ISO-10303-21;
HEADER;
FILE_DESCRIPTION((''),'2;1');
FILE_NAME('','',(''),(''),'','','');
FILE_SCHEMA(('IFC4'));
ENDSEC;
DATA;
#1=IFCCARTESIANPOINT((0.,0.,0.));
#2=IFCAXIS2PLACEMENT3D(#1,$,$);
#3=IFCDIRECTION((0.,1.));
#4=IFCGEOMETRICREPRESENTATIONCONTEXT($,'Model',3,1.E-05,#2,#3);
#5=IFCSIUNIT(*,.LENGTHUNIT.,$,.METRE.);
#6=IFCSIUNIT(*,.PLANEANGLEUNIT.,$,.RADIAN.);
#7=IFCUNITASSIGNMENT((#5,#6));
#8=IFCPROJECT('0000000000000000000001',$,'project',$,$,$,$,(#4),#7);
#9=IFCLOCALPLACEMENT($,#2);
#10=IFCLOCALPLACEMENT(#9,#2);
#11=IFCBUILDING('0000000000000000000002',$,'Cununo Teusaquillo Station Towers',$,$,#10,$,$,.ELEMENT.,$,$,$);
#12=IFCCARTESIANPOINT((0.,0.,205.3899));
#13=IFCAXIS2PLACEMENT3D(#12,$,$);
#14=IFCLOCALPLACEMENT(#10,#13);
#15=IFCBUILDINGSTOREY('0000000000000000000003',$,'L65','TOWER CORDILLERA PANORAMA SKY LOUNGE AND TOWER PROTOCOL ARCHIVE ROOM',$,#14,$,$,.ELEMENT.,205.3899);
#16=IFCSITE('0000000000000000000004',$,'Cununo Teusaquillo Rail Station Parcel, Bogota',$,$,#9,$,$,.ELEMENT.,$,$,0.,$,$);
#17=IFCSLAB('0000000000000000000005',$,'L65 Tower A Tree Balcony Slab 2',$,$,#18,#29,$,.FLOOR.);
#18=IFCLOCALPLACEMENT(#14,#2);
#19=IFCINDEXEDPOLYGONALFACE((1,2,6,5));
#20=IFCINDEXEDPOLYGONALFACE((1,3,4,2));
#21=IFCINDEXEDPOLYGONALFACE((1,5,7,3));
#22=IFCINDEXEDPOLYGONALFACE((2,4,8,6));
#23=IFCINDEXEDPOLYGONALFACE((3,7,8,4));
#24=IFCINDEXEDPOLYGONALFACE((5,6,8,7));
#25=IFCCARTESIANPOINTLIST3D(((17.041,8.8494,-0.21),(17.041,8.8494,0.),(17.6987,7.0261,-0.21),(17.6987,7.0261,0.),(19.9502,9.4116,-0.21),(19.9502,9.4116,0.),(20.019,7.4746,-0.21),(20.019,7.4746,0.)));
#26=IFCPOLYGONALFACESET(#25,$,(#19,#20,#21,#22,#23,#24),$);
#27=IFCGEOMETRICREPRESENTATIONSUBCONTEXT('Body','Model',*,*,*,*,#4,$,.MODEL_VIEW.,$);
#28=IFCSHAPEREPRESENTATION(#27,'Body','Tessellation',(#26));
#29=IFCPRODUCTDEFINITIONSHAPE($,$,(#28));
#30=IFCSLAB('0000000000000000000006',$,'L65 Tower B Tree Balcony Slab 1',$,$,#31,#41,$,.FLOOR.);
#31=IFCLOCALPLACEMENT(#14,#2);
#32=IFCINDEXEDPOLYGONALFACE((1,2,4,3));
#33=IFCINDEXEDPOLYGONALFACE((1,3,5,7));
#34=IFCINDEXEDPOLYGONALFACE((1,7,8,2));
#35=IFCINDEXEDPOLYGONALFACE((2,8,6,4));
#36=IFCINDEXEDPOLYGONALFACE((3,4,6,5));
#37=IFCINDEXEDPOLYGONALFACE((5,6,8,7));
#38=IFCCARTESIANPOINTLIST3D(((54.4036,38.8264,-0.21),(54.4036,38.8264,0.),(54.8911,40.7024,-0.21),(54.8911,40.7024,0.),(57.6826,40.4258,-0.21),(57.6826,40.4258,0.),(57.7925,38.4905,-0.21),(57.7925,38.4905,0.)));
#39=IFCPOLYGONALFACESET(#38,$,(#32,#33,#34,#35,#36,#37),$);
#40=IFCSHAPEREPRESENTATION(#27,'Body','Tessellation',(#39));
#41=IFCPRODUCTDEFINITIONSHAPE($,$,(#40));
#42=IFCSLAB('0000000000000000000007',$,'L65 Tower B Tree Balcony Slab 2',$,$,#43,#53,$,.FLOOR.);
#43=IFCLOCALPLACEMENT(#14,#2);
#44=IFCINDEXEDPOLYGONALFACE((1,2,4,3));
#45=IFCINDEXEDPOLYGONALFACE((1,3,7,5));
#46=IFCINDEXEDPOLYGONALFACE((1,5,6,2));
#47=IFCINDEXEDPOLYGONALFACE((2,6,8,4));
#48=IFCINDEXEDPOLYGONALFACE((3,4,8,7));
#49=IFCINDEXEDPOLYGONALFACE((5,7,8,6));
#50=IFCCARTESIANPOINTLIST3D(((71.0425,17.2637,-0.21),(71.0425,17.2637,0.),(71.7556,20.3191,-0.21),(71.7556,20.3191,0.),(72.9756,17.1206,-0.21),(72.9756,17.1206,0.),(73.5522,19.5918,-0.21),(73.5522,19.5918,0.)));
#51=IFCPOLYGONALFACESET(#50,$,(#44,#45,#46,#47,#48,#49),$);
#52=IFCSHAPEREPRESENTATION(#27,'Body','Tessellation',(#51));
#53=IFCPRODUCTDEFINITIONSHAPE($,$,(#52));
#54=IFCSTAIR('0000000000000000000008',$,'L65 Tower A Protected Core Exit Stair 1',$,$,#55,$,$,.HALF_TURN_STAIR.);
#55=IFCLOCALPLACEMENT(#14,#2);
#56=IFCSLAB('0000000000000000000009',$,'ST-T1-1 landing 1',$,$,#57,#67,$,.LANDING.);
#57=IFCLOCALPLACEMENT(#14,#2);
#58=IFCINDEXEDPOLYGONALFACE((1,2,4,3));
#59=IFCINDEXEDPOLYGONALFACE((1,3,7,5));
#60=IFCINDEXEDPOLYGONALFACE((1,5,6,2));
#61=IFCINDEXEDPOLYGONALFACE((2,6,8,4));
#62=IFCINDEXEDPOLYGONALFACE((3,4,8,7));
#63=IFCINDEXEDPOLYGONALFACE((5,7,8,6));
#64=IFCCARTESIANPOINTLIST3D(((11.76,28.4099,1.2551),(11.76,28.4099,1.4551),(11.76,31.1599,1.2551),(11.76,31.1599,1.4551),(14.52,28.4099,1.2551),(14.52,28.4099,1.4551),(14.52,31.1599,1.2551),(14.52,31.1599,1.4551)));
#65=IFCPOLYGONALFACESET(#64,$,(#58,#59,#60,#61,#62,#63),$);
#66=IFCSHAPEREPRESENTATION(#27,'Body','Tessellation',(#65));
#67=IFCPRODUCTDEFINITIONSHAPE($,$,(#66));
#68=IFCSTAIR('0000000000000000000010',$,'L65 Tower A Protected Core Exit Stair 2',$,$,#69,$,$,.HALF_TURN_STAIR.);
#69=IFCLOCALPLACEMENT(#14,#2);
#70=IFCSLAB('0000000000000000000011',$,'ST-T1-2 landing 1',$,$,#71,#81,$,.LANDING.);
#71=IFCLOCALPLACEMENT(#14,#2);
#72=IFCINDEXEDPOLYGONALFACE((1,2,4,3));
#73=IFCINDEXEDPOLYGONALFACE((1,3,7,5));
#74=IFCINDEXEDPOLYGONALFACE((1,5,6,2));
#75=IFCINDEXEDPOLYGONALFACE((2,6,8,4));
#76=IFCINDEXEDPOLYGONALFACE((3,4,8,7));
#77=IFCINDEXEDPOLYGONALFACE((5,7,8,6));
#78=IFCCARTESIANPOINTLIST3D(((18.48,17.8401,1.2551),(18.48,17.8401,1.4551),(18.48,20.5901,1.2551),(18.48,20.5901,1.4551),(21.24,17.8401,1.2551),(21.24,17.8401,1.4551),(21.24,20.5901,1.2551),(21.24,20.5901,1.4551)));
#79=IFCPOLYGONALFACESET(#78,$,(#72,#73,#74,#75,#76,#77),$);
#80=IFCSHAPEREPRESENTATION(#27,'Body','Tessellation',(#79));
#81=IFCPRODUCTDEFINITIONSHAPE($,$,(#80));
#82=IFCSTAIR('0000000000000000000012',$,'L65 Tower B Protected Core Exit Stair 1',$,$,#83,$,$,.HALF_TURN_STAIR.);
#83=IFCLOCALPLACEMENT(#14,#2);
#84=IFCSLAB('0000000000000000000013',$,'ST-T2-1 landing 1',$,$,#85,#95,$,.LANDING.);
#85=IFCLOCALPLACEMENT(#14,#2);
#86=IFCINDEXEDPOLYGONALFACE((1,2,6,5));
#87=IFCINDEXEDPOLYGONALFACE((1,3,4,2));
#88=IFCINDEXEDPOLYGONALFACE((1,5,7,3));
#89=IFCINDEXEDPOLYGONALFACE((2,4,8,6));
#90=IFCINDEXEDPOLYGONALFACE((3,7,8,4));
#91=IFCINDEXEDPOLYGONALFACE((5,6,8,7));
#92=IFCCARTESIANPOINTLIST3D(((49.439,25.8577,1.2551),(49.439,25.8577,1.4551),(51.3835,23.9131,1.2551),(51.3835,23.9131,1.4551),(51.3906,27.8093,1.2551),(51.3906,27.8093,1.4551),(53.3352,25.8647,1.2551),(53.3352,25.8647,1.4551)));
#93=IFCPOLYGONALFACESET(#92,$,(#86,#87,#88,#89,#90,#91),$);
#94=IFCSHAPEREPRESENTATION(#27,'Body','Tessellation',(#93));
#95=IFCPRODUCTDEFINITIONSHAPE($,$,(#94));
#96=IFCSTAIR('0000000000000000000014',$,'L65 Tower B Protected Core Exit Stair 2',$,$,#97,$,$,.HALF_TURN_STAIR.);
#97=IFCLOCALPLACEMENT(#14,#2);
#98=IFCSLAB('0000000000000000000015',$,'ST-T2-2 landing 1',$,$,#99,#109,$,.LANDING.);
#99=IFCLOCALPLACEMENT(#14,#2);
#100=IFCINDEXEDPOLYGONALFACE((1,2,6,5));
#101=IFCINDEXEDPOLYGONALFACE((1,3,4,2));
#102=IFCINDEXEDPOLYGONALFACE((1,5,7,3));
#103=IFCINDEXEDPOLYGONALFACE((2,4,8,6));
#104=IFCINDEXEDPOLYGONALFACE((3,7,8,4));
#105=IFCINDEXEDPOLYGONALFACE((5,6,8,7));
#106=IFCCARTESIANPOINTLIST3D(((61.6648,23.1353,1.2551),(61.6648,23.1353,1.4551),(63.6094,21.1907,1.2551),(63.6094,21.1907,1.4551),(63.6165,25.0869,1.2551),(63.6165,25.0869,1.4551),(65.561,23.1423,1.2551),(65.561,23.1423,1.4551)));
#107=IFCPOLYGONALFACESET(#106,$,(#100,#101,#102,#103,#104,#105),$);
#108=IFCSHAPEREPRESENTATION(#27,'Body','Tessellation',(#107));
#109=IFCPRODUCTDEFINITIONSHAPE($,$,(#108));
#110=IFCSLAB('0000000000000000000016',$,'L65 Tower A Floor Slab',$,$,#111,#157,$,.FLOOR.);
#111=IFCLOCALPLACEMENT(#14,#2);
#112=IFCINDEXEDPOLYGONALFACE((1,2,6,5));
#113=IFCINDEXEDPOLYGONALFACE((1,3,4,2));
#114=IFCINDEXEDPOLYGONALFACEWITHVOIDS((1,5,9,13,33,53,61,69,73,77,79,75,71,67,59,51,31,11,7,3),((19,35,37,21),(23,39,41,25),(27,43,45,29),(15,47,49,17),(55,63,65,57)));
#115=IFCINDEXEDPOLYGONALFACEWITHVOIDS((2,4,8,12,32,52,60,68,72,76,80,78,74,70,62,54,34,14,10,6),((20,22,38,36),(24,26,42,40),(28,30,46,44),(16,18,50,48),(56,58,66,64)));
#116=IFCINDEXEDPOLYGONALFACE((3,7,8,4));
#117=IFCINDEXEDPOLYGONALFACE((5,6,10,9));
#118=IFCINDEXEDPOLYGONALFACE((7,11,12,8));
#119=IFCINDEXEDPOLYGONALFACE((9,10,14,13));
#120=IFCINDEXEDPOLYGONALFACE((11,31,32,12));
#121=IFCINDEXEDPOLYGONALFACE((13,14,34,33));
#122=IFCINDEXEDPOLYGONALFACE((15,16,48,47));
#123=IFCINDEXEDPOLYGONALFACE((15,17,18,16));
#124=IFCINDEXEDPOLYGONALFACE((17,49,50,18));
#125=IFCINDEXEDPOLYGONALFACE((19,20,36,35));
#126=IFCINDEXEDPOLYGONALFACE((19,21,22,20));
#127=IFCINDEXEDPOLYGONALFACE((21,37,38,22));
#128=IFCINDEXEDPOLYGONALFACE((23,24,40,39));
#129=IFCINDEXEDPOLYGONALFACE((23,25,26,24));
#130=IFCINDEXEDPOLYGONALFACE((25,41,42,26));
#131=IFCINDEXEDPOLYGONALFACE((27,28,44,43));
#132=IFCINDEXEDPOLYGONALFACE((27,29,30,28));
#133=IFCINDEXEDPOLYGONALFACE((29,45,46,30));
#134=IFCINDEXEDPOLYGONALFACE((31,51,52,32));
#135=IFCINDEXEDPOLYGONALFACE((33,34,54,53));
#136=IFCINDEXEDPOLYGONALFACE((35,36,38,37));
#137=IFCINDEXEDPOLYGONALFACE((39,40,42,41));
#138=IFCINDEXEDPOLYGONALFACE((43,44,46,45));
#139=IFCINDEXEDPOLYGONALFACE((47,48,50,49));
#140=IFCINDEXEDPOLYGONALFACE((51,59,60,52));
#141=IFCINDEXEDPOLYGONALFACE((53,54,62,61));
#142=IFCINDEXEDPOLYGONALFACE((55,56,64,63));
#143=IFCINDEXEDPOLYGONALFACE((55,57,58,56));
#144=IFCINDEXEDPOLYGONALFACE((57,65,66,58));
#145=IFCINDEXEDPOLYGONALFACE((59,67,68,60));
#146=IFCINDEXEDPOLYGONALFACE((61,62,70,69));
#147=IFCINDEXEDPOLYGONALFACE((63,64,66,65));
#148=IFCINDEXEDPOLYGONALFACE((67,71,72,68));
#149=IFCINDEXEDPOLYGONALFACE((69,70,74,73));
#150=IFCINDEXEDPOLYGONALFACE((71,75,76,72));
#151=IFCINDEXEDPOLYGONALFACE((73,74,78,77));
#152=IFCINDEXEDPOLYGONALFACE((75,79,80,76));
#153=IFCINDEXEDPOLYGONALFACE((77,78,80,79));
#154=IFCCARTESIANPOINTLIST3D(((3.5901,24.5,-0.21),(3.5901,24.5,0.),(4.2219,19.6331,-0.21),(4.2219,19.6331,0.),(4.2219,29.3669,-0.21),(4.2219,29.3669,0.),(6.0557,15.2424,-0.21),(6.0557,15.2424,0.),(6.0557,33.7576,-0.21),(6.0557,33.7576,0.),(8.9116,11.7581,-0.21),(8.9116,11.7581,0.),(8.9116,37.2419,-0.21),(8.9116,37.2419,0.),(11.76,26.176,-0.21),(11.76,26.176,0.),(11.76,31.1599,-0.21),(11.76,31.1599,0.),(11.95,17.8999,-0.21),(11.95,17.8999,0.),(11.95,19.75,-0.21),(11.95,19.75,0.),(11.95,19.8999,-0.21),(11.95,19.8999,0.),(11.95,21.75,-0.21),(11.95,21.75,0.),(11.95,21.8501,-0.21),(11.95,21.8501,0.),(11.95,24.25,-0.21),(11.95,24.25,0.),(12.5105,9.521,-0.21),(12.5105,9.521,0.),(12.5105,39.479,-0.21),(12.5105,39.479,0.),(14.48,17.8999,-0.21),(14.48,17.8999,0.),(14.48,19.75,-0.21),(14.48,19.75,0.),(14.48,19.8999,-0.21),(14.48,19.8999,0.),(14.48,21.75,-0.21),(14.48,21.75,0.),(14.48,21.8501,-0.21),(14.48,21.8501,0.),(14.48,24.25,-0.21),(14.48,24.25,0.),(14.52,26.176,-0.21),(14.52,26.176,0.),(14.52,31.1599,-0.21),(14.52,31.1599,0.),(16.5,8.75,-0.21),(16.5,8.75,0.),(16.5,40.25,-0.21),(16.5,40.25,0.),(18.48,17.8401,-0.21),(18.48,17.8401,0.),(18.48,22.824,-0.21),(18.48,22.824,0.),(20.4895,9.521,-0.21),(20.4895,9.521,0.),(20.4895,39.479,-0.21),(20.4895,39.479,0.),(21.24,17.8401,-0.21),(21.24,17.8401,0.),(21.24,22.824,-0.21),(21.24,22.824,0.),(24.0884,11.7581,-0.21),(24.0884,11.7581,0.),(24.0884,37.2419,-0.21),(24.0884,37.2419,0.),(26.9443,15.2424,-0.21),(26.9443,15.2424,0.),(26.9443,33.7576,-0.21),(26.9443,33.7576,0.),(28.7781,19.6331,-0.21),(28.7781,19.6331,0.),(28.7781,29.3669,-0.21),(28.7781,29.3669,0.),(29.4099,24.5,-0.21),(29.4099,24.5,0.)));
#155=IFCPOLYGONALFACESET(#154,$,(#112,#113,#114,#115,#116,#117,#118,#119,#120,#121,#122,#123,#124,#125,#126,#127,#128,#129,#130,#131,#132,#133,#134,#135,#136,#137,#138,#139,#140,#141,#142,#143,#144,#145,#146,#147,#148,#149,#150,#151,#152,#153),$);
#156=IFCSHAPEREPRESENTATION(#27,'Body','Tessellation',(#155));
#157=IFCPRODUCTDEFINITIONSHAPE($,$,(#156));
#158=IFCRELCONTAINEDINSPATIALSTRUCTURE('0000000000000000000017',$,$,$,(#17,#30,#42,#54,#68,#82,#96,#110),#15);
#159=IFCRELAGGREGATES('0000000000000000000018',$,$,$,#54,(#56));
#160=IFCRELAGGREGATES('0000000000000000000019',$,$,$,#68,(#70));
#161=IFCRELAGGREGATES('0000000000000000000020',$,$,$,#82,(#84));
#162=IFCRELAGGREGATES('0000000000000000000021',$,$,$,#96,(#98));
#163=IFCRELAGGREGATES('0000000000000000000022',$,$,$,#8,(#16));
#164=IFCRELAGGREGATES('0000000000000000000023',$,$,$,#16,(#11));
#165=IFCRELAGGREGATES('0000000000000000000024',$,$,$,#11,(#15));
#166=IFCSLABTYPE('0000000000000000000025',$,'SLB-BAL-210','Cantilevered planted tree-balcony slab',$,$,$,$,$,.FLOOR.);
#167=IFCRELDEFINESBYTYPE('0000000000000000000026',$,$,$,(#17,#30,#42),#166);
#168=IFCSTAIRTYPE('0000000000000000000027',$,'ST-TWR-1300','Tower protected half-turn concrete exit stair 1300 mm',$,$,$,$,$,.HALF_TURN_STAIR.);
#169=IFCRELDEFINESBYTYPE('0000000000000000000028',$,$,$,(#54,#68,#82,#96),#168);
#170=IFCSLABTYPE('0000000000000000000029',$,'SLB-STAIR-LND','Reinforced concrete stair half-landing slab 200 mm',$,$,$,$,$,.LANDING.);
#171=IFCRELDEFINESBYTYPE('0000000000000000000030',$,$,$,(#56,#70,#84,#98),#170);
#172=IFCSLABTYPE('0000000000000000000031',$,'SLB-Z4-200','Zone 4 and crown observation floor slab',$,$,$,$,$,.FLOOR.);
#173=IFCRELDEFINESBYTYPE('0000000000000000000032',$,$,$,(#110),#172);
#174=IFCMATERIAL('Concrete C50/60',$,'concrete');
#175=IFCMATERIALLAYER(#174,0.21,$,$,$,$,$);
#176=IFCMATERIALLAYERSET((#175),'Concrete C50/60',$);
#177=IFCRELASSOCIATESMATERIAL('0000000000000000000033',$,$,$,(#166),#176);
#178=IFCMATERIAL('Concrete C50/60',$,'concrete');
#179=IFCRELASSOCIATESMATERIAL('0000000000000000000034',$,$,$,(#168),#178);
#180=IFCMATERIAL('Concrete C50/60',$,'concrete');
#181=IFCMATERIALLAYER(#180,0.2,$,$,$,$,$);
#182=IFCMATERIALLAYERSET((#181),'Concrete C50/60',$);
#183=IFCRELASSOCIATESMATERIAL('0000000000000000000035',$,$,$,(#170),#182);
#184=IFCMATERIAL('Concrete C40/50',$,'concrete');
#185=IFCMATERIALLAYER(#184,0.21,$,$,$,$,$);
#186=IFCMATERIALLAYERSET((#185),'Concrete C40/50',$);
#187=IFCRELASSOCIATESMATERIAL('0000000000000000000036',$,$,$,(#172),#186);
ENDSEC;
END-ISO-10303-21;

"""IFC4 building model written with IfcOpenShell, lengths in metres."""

from ifc_helpers import new_model, si_unit, direction, frame, origin, place, context, subcontext, project, spatial, polyline, outline, extrude, material, layer, layer_set, type_object, element, aggregate, save


model = new_model("IFC4")

# Units and contexts
model_context = context("Model", 3, precision=1e-05, world=origin(), true_north=direction((0.0, 1.0)))
body_context = subcontext(model_context, "Body", "Model", "MODEL_VIEW")
ifc_project = project(units=[si_unit("LENGTHUNIT", "METRE"), si_unit("PLANEANGLEUNIT", "RADIAN")], contexts=[model_context])

# Site, building, storey
site_placement = place(None, origin())
site = spatial("IfcSite", under=ifc_project, at=site_placement, Name="Cununo Teusaquillo Rail Station Parcel, Bogota", CompositionType="ELEMENT", RefElevation=0.0)
building_placement = place(site_placement, origin())
building = spatial("IfcBuilding", under=site, at=building_placement, Name="Cununo Teusaquillo Station Towers", CompositionType="ELEMENT")
storey_placement = place(building_placement, frame((0.0, 0.0, 205.3899)))
storey = spatial("IfcBuildingStorey", under=building, at=storey_placement, Name="L65", Description="TOWER CORDILLERA PANORAMA SKY LOUNGE AND TOWER PROTOCOL ARCHIVE ROOM", CompositionType="ELEMENT", Elevation=205.3899)

# Slabs
ifc_material_1 = material(Name="Concrete C50/60", Category="concrete")
ifc_layer_1 = layer(ifc_material_1, 0.21)
ifc_layer_set_1 = layer_set([ifc_layer_1], Name="Concrete C50/60")
slab_type_1 = type_object("IfcSlabType", Name="SLB-BAL-210", Description="Cantilevered planted tree-balcony slab", PredefinedType="FLOOR", material=ifc_layer_set_1)
slab_1_placement = place(storey_placement, frame((0.0, 0.0, -0.21)))
element("IfcSlab", 1, at=slab_1_placement, inside=storey, type_object=slab_type_1, Name="L65 Tower A Tree Balcony Slab 2", PredefinedType="FLOOR", context=body_context, shape_type="SweptSolid", body=[
    extrude(outline(polyline([(17.041, 8.8494), (19.9502, 9.4116), (20.019, 7.4746), (17.6987, 7.0261), (17.041, 8.8494)])), origin(), (0.0, 0.0, 1.0), 0.21),
])
slab_2_placement = place(storey_placement, frame((0.0, 0.0, -0.21)))
element("IfcSlab", 2, at=slab_2_placement, inside=storey, type_object=slab_type_1, Name="L65 Tower B Tree Balcony Slab 1", PredefinedType="FLOOR", context=body_context, shape_type="SweptSolid", body=[
    extrude(outline(polyline([(57.7925, 38.4905), (54.4036, 38.8264), (54.8911, 40.7024), (57.6826, 40.4258), (57.7925, 38.4905)])), origin(), (0.0, 0.0, 1.0), 0.21),
])
slab_3_placement = place(storey_placement, frame((0.0, 0.0, -0.21)))
element("IfcSlab", 3, at=slab_3_placement, inside=storey, type_object=slab_type_1, Name="L65 Tower B Tree Balcony Slab 2", PredefinedType="FLOOR", context=body_context, shape_type="SweptSolid", body=[
    extrude(outline(polyline([(71.0425, 17.2637), (71.7556, 20.3191), (73.5522, 19.5918), (72.9756, 17.1206), (71.0425, 17.2637)])), origin(), (0.0, 0.0, 1.0), 0.21),
])

# Stairs, slabs
ifc_material_2 = material(Name="Concrete C50/60", Category="concrete")
stair_type = type_object("IfcStairType", Name="ST-TWR-1300", Description="Tower protected half-turn concrete exit stair 1300 mm", PredefinedType="HALF_TURN_STAIR", material=ifc_material_2)
stair_1_placement = place(storey_placement, origin())
stair_1 = element("IfcStair", 4, at=stair_1_placement, inside=storey, type_object=stair_type, Name="L65 Tower A Protected Core Exit Stair 1", PredefinedType="HALF_TURN_STAIR")
ifc_material_3 = material(Name="Concrete C50/60", Category="concrete")
ifc_layer_2 = layer(ifc_material_3, 0.2)
ifc_layer_set_2 = layer_set([ifc_layer_2], Name="Concrete C50/60")
slab_type_2 = type_object("IfcSlabType", Name="SLB-STAIR-LND", Description="Reinforced concrete stair half-landing slab 200 mm", PredefinedType="LANDING", material=ifc_layer_set_2)
slab_4_placement = place(storey_placement, frame((0.0, 0.0, 1.2551)))
slab_4 = element("IfcSlab", 5, at=slab_4_placement, type_object=slab_type_2, Name="ST-T1-1 landing 1", PredefinedType="LANDING", context=body_context, shape_type="SweptSolid", body=[
    extrude(outline(polyline([(14.52, 28.4099), (14.52, 31.1599), (11.76, 31.1599), (11.76, 28.4099), (14.52, 28.4099)])), origin(), (0.0, 0.0, 1.0), 0.2),
])
aggregate(stair_1, [slab_4])
stair_2_placement = place(storey_placement, origin())
stair_2 = element("IfcStair", 6, at=stair_2_placement, inside=storey, type_object=stair_type, Name="L65 Tower A Protected Core Exit Stair 2", PredefinedType="HALF_TURN_STAIR")
slab_5_placement = place(storey_placement, frame((0.0, 0.0, 1.2551)))
slab_5 = element("IfcSlab", 7, at=slab_5_placement, type_object=slab_type_2, Name="ST-T1-2 landing 1", PredefinedType="LANDING", context=body_context, shape_type="SweptSolid", body=[
    extrude(outline(polyline([(18.48, 20.5901), (18.48, 17.8401), (21.24, 17.8401), (21.24, 20.5901), (18.48, 20.5901)])), origin(), (0.0, 0.0, 1.0), 0.2),
])
aggregate(stair_2, [slab_5])
stair_3_placement = place(storey_placement, origin())
stair_3 = element("IfcStair", 8, at=stair_3_placement, inside=storey, type_object=stair_type, Name="L65 Tower B Protected Core Exit Stair 1", PredefinedType="HALF_TURN_STAIR")
slab_6_placement = place(storey_placement, frame((0.0, 0.0, 1.2551)))
slab_6 = element("IfcSlab", 9, at=slab_6_placement, type_object=slab_type_2, Name="ST-T2-1 landing 1", PredefinedType="LANDING", context=body_context, shape_type="SweptSolid", body=[
    extrude(outline(polyline([(53.3352, 25.8647), (51.3906, 27.8093), (49.439, 25.8577), (51.3835, 23.9131), (53.3352, 25.8647)])), origin(), (0.0, 0.0, 1.0), 0.2),
])
aggregate(stair_3, [slab_6])
stair_4_placement = place(storey_placement, origin())
stair_4 = element("IfcStair", 10, at=stair_4_placement, inside=storey, type_object=stair_type, Name="L65 Tower B Protected Core Exit Stair 2", PredefinedType="HALF_TURN_STAIR")
slab_7_placement = place(storey_placement, frame((0.0, 0.0, 1.2551)))
slab_7 = element("IfcSlab", 11, at=slab_7_placement, type_object=slab_type_2, Name="ST-T2-2 landing 1", PredefinedType="LANDING", context=body_context, shape_type="SweptSolid", body=[
    extrude(outline(polyline([(61.6648, 23.1353), (63.6094, 21.1907), (65.561, 23.1423), (63.6165, 25.0869), (61.6648, 23.1353)])), origin(), (0.0, 0.0, 1.0), 0.2),
])
aggregate(stair_4, [slab_7])

# Slab
ifc_material_4 = material(Name="Concrete C40/50", Category="concrete")
ifc_layer_3 = layer(ifc_material_4, 0.21)
ifc_layer_set_3 = layer_set([ifc_layer_3], Name="Concrete C40/50")
slab_type_3 = type_object("IfcSlabType", Name="SLB-Z4-200", Description="Zone 4 and crown observation floor slab", PredefinedType="FLOOR", material=ifc_layer_set_3)
slab_8_placement = place(storey_placement, frame((0.0, 0.0, -0.21)))
element("IfcSlab", 12, at=slab_8_placement, inside=storey, type_object=slab_type_3, Name="L65 Tower A Floor Slab", PredefinedType="FLOOR", context=body_context, shape_type="SweptSolid", body=[
    extrude(outline(polyline([(29.4099, 24.5), (28.7781, 29.3669), (26.9443, 33.7576), (24.0884, 37.2419), (20.4895, 39.479), (16.5, 40.25), (12.5105, 39.479), (8.9116, 37.2419), (6.0557, 33.7576), (4.2219, 29.3669), (3.5901, 24.5), (4.2219, 19.6331), (6.0557, 15.2424), (8.9116, 11.7581), (12.5105, 9.521), (16.5, 8.75), (20.4895, 9.521), (24.0884, 11.7581), (26.9443, 15.2424), (28.7781, 19.6331), (29.4099, 24.5)]), holes=[polyline([(14.52, 26.176), (14.52, 31.1599), (11.76, 31.1599), (11.76, 26.176), (14.52, 26.176)]), polyline([(18.48, 22.824), (18.48, 17.8401), (21.24, 17.8401), (21.24, 22.824), (18.48, 22.824)]), polyline([(11.95, 21.8501), (14.48, 21.8501), (14.48, 24.25), (11.95, 24.25), (11.95, 21.8501)]), polyline([(11.95, 17.8999), (14.48, 17.8999), (14.48, 19.75), (11.95, 19.75), (11.95, 17.8999)]), polyline([(11.95, 19.8999), (14.48, 19.8999), (14.48, 21.75), (11.95, 21.75), (11.95, 19.8999)])]), origin(), (0.0, 0.0, 1.0), 0.21),
])

save(model, "model.ifc")
